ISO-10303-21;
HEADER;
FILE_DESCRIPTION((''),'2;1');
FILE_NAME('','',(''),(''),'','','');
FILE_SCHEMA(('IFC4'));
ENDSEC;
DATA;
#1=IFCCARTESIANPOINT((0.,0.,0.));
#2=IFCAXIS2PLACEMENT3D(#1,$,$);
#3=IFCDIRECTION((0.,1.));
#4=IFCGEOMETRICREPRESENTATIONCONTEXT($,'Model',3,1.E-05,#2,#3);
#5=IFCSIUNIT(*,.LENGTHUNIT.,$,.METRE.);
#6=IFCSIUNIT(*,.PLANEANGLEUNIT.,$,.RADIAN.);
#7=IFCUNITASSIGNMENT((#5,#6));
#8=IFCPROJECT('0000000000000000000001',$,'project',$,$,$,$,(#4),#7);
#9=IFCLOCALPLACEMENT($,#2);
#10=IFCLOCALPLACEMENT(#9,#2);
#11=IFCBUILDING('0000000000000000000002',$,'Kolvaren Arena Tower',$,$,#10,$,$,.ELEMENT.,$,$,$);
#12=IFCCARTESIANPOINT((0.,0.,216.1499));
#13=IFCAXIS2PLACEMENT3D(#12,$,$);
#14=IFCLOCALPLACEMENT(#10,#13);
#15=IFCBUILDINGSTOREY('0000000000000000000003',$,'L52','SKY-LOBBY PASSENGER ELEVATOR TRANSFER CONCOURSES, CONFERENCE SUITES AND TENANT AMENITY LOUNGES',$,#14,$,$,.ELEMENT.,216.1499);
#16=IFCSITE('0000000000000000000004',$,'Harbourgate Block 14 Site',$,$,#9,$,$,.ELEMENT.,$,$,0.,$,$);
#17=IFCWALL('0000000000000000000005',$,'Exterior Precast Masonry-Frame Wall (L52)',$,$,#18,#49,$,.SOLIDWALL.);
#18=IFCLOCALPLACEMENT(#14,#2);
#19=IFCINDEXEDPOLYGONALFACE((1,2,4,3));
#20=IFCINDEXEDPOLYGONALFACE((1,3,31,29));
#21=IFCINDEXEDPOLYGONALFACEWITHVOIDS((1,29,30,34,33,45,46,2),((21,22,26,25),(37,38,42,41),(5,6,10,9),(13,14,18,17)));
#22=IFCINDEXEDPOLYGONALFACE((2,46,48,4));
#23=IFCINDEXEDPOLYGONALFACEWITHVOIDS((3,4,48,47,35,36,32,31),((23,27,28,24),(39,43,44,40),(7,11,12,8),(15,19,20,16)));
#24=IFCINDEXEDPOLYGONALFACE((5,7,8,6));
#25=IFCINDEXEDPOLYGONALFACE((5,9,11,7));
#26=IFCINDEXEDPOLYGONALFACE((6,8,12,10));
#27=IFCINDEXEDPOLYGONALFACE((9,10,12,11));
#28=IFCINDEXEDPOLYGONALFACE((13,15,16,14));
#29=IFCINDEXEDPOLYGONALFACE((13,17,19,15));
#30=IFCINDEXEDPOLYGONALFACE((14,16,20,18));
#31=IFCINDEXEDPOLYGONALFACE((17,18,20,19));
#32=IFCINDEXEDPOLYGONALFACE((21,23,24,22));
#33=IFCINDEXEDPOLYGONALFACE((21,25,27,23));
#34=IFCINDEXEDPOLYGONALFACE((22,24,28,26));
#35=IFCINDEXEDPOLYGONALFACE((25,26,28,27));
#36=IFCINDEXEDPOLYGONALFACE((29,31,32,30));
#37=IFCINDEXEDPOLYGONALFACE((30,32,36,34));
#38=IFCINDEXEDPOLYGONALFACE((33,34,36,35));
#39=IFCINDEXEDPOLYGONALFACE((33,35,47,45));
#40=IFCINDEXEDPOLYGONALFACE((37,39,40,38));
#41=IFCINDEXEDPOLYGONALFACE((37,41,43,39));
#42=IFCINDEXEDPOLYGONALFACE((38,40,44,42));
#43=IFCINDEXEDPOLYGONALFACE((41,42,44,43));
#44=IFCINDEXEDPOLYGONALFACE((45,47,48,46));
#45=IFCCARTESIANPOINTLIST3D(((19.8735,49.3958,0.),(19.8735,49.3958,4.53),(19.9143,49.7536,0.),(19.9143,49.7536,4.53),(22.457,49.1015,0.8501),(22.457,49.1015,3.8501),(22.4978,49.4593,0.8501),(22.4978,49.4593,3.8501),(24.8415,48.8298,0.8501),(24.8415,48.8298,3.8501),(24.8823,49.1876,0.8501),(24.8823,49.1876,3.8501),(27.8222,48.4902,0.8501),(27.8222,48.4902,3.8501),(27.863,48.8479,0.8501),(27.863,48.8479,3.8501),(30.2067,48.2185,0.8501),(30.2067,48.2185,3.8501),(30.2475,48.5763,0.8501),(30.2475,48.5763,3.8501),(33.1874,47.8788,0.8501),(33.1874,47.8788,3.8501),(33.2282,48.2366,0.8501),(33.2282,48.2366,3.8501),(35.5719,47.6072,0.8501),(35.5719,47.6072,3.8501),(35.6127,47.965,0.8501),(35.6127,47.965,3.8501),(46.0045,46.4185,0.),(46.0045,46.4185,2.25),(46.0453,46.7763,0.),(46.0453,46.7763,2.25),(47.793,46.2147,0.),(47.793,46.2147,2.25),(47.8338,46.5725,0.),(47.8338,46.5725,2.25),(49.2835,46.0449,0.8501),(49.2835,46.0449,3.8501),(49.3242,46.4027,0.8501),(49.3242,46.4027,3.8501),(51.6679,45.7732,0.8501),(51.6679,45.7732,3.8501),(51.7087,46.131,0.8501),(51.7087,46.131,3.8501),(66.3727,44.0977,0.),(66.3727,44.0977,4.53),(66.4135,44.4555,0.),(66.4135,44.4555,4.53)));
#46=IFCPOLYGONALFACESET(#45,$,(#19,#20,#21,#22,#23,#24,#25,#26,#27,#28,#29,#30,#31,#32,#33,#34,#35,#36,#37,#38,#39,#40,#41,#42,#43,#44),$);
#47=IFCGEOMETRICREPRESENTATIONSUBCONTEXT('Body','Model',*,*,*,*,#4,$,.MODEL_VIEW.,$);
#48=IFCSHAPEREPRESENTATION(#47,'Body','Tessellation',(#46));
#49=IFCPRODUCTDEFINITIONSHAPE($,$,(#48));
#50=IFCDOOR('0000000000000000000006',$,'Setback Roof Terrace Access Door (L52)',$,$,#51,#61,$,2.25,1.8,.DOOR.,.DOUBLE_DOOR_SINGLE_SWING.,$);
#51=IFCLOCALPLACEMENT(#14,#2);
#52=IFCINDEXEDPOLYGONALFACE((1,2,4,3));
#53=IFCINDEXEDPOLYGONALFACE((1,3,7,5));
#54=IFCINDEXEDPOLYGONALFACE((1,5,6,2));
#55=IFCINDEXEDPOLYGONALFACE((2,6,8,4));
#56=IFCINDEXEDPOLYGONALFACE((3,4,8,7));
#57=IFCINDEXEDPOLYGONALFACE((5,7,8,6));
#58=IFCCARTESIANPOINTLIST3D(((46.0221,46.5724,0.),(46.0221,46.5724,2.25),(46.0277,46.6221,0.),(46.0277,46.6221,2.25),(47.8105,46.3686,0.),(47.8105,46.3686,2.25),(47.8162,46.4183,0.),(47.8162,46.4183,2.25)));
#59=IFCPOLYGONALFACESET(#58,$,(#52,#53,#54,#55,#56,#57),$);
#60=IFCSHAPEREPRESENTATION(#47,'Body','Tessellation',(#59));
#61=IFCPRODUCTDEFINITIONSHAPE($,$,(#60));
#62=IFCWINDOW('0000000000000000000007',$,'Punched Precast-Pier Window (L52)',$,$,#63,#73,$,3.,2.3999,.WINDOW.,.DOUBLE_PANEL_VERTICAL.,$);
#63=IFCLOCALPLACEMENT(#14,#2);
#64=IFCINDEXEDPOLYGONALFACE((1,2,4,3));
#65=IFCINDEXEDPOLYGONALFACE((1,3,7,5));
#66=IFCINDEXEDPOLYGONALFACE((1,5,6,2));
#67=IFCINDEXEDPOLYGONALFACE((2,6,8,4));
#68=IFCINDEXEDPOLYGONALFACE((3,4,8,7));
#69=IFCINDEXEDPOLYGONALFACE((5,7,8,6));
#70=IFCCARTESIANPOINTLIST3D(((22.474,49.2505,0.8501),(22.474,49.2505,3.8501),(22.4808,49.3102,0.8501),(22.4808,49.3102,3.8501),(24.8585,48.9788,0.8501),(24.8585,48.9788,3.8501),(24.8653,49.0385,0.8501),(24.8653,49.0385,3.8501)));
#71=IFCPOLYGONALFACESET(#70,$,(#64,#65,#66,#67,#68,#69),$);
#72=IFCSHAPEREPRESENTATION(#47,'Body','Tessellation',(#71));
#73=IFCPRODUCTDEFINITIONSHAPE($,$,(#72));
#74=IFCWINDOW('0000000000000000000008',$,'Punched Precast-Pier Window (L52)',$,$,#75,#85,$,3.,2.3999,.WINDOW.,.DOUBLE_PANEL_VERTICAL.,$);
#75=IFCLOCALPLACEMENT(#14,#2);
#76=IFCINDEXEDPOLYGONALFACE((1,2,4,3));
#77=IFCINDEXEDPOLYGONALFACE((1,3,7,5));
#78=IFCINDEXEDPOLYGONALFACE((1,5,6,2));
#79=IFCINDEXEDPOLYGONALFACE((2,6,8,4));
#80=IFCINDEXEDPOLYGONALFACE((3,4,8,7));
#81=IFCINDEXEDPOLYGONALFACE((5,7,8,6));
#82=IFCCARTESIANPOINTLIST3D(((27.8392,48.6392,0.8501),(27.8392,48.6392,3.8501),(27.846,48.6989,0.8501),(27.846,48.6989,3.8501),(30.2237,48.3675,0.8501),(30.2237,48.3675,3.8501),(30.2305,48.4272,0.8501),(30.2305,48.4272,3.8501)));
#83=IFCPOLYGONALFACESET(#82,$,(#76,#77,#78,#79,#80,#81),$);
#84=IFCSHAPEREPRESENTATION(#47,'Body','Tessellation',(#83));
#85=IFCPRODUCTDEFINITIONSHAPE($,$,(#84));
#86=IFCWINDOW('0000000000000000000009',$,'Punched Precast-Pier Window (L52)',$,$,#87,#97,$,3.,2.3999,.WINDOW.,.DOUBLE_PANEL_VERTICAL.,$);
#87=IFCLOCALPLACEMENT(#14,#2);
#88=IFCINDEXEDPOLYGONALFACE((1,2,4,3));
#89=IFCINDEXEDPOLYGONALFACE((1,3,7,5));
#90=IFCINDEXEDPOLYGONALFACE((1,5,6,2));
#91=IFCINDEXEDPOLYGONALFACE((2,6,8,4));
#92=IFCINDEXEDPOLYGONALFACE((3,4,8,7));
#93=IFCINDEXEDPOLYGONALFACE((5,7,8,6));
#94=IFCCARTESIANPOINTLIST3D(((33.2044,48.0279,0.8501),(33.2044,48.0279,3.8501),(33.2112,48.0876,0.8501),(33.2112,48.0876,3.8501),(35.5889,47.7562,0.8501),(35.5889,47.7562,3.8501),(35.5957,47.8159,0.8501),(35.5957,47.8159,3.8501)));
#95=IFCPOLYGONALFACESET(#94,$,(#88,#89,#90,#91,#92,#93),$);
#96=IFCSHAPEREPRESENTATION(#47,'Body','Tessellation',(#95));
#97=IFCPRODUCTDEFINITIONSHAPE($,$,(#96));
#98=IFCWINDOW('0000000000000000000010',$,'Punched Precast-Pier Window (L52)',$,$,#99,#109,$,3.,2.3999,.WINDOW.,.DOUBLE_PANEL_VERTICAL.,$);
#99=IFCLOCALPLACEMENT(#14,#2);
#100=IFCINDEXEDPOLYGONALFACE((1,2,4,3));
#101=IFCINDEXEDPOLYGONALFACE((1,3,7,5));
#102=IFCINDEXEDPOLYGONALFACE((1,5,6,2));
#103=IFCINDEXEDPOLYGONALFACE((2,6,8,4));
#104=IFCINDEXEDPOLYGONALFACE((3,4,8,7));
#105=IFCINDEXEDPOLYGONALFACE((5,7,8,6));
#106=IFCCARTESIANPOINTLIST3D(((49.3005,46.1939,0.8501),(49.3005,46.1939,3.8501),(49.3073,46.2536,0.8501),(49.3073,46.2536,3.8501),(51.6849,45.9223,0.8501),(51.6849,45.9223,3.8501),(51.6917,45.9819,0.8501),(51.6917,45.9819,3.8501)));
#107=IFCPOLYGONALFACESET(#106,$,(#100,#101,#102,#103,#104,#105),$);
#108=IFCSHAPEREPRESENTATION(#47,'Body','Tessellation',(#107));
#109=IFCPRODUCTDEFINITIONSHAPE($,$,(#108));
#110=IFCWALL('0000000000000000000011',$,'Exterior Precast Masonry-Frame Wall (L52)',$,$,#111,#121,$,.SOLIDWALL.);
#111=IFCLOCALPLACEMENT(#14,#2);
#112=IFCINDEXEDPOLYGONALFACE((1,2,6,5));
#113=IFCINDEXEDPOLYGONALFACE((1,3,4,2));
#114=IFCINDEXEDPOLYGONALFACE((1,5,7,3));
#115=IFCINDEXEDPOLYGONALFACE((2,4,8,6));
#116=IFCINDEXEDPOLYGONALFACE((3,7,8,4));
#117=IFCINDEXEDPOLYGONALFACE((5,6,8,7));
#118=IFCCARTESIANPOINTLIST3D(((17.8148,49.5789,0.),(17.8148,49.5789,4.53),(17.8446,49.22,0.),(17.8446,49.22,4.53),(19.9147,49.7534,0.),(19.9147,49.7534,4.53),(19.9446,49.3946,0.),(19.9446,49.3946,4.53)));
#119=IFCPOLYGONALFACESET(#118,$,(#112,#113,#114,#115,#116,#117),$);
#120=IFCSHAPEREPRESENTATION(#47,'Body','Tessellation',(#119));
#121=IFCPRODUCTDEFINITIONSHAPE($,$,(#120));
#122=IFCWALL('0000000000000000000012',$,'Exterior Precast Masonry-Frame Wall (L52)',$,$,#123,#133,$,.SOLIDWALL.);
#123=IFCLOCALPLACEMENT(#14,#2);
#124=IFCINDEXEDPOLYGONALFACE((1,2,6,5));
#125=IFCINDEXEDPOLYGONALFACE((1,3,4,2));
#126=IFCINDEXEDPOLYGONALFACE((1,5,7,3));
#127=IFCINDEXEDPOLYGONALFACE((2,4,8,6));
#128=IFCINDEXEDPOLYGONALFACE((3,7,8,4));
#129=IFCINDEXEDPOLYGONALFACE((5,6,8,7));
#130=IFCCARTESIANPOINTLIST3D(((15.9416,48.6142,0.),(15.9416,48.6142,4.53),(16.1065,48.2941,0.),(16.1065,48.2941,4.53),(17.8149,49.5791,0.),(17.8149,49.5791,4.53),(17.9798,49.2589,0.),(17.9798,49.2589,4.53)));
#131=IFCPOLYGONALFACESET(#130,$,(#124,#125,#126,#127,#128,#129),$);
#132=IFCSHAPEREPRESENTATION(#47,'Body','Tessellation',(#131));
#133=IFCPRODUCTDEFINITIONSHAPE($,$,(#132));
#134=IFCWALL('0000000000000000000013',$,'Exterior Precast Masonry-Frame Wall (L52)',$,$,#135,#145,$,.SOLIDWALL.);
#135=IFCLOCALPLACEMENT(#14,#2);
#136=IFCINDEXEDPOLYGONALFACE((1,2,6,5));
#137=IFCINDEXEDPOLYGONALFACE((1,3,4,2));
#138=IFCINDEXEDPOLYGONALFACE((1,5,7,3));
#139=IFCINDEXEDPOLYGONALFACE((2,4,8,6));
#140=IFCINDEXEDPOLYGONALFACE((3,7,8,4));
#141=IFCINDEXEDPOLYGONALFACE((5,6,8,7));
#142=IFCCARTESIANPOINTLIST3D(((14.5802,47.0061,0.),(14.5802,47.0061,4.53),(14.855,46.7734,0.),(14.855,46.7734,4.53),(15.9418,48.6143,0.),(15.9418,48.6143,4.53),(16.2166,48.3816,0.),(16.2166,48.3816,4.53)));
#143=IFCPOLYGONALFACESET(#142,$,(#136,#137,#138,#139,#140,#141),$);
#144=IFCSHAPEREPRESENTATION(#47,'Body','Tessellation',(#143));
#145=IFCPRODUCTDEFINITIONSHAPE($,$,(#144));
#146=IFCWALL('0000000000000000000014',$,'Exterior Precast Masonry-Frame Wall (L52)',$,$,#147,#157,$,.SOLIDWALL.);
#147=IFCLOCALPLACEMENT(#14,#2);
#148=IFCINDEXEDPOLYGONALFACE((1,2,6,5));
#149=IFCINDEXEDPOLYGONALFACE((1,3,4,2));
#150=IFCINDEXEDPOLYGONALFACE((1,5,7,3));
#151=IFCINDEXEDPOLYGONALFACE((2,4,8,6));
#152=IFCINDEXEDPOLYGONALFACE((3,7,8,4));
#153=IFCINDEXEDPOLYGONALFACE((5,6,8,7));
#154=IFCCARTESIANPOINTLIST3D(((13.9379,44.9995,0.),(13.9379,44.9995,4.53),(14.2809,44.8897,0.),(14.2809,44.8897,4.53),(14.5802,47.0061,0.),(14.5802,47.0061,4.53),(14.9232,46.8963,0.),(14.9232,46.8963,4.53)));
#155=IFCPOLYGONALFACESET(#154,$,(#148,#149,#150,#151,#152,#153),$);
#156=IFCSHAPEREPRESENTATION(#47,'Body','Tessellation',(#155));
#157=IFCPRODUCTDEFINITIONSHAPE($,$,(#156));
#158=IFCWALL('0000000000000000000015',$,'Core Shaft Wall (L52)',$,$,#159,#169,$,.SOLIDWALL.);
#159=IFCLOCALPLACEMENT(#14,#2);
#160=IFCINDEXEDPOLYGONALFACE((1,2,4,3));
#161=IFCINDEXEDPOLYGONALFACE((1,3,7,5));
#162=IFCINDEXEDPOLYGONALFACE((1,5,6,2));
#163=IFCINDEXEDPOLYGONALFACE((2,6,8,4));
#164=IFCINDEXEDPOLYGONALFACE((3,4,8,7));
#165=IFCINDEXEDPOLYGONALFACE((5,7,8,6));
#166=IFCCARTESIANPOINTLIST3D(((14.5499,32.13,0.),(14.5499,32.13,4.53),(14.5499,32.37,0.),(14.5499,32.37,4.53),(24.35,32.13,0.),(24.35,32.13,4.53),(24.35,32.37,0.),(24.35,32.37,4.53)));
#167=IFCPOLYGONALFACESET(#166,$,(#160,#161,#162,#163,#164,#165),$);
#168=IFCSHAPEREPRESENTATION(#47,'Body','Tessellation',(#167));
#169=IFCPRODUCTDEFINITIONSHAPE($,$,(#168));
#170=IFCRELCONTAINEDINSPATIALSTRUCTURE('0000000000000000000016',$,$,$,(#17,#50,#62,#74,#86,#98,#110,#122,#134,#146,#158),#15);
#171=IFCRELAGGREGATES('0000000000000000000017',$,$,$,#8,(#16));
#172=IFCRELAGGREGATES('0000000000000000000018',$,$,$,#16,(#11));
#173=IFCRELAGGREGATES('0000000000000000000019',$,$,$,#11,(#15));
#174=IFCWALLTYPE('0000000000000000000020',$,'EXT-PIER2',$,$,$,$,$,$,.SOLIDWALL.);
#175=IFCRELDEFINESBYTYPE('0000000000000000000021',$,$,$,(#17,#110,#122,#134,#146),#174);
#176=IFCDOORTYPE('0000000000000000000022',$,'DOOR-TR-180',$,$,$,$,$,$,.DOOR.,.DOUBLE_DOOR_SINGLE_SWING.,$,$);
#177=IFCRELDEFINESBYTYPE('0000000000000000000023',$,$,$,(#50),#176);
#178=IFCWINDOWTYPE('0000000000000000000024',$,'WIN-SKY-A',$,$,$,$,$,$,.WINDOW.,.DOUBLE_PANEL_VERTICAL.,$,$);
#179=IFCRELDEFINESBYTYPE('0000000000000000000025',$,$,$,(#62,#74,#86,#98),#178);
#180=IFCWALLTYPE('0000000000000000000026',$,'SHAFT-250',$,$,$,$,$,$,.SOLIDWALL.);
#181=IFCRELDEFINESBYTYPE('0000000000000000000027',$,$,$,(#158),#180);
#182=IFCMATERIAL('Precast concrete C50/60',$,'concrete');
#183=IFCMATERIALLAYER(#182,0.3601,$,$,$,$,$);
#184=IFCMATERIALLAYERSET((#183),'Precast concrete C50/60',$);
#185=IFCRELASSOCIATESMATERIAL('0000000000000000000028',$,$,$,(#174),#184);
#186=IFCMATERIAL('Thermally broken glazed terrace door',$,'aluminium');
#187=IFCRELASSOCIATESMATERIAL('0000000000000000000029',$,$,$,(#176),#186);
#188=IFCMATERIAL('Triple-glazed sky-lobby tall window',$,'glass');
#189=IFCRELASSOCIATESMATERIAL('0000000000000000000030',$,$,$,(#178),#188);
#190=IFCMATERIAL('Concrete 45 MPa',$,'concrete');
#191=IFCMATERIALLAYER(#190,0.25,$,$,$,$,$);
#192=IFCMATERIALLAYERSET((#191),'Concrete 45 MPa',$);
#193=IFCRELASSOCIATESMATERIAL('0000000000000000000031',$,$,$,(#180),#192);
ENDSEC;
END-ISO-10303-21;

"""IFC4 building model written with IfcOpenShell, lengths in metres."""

from ifc_helpers import new_model, si_unit, direction, frame, frame_2d, origin, place, context, subcontext, project, spatial, rectangle, extrude, material, layer, layer_set, type_object, element, fill, save


model = new_model("IFC4")

# Units and contexts
model_context = context("Model", 3, precision=1e-05, world=origin(), true_north=direction((0.0, 1.0)))
body_context = subcontext(model_context, "Body", "Model", "MODEL_VIEW")
ifc_project = project(units=[si_unit("LENGTHUNIT", "METRE"), si_unit("PLANEANGLEUNIT", "RADIAN")], contexts=[model_context])

# Site, building, storey
site_placement = place(None, origin())
site = spatial("IfcSite", under=ifc_project, at=site_placement, Name="Harbourgate Block 14 Site", CompositionType="ELEMENT", RefElevation=0.0)
building_placement = place(site_placement, origin())
building = spatial("IfcBuilding", under=site, at=building_placement, Name="Kolvaren Arena Tower", CompositionType="ELEMENT")
storey_placement = place(building_placement, frame((0.0, 0.0, 216.1499)))
storey = spatial("IfcBuildingStorey", under=building, at=storey_placement, Name="L52", Description="SKY-LOBBY PASSENGER ELEVATOR TRANSFER CONCOURSES, CONFERENCE SUITES AND TENANT AMENITY LOUNGES", CompositionType="ELEMENT", Elevation=216.1499)

# Wall, openings, door, windows
ifc_material_1 = material(Name="Precast concrete C50/60", Category="concrete")
ifc_layer_1 = layer(ifc_material_1, 0.3601)
ifc_layer_set_1 = layer_set([ifc_layer_1], Name="Precast concrete C50/60")
wall_type_1 = type_object("IfcWallType", Name="EXT-PIER2", PredefinedType="SOLIDWALL", material=ifc_layer_set_1)
wall_1_placement = place(storey_placement, frame((19.894, 49.5747, 0.0), z_axis=(0.0, 0.0, 1.0), x_axis=(0.993571, -0.113207, 0.0)))
wall_1 = element("IfcWall", 1, at=wall_1_placement, inside=storey, type_object=wall_type_1, Name="Exterior Precast Masonry-Frame Wall (L52)", PredefinedType="SOLIDWALL", context=body_context, shape_type="SweptSolid", body=[
    extrude(rectangle(XDim=46.8, YDim=0.3601, at=frame_2d((23.3999, 0.0))), origin(), (0.0, 0.0, 1.0), 4.53),
])
opening_1_placement = place(wall_1_placement, frame((26.3, 0.0, 0.0)))
opening_1 = element("IfcOpeningElement", 2, at=opening_1_placement, cuts=wall_1, PredefinedType="OPENING", context=body_context, shape_type="SweptSolid", body=[
    extrude(rectangle(XDim=1.8, YDim=2.25, at=frame_2d((0.8999, 1.125))), frame((0.0, 0.1899, 0.0), z_axis=(0.0, -1.0, 0.0), x_axis=(1.0, 0.0, 0.0)), (0.0, 0.0, 1.0), 0.3801),
])
opening_2_placement = place(wall_1_placement, frame((2.6001, 0.0, 0.8501)))
opening_2 = element("IfcOpeningElement", 3, at=opening_2_placement, cuts=wall_1, PredefinedType="OPENING", context=body_context, shape_type="SweptSolid", body=[
    extrude(rectangle(XDim=2.3999, YDim=3.0, at=frame_2d((1.2, 1.5))), frame((0.0, 0.1899, 0.0), z_axis=(0.0, -1.0, 0.0), x_axis=(1.0, 0.0, 0.0)), (0.0, 0.0, 1.0), 0.3801),
])
opening_3_placement = place(wall_1_placement, frame((8.0, 0.0, 0.8501)))
opening_3 = element("IfcOpeningElement", 4, at=opening_3_placement, cuts=wall_1, PredefinedType="OPENING", context=body_context, shape_type="SweptSolid", body=[
    extrude(rectangle(XDim=2.3999, YDim=3.0, at=frame_2d((1.2, 1.5))), frame((0.0, 0.1899, 0.0), z_axis=(0.0, -1.0, 0.0), x_axis=(1.0, 0.0, 0.0)), (0.0, 0.0, 1.0), 0.3801),
])
opening_4_placement = place(wall_1_placement, frame((13.3999, 0.0, 0.8501)))
opening_4 = element("IfcOpeningElement", 5, at=opening_4_placement, cuts=wall_1, PredefinedType="OPENING", context=body_context, shape_type="SweptSolid", body=[
    extrude(rectangle(XDim=2.3999, YDim=3.0, at=frame_2d((1.2, 1.5))), frame((0.0, 0.1899, 0.0), z_axis=(0.0, -1.0, 0.0), x_axis=(1.0, 0.0, 0.0)), (0.0, 0.0, 1.0), 0.3801),
])
opening_5_placement = place(wall_1_placement, frame((29.6001, 0.0, 0.8501)))
opening_5 = element("IfcOpeningElement", 6, at=opening_5_placement, cuts=wall_1, PredefinedType="OPENING", context=body_context, shape_type="SweptSolid", body=[
    extrude(rectangle(XDim=2.3999, YDim=3.0, at=frame_2d((1.2, 1.5))), frame((0.0, 0.1899, 0.0), z_axis=(0.0, -1.0, 0.0), x_axis=(1.0, 0.0, 0.0)), (0.0, 0.0, 1.0), 0.3801),
])
ifc_material_2 = material(Name="Thermally broken glazed terrace door", Category="aluminium")
door_type = type_object("IfcDoorType", Name="DOOR-TR-180", OperationType="DOUBLE_DOOR_SINGLE_SWING", PredefinedType="DOOR", material=ifc_material_2)
door_placement = place(opening_1_placement, origin())
door = element("IfcDoor", 7, at=door_placement, inside=storey, type_object=door_type, Name="Setback Roof Terrace Access Door (L52)", OperationType="DOUBLE_DOOR_SINGLE_SWING", OverallHeight=2.25, OverallWidth=1.8, PredefinedType="DOOR", context=body_context, shape_type="SweptSolid", body=[
    extrude(rectangle(XDim=1.8, YDim=2.25, at=frame_2d((0.8999, 1.125))), frame((0.0, 0.0249, 0.0), z_axis=(0.0, -1.0, 0.0), x_axis=(1.0, 0.0, 0.0)), (0.0, 0.0, 1.0), 0.05),
])
fill(opening_1, door)
ifc_material_3 = material(Name="Triple-glazed sky-lobby tall window", Category="glass")
window_type = type_object("IfcWindowType", Name="WIN-SKY-A", PartitioningType="DOUBLE_PANEL_VERTICAL", PredefinedType="WINDOW", material=ifc_material_3)
window_1_placement = place(opening_2_placement, origin())
window_1 = element("IfcWindow", 8, at=window_1_placement, inside=storey, type_object=window_type, Name="Punched Precast-Pier Window (L52)", OverallHeight=3.0, OverallWidth=2.3999, PartitioningType="DOUBLE_PANEL_VERTICAL", PredefinedType="WINDOW", context=body_context, shape_type="SweptSolid", body=[
    extrude(rectangle(XDim=2.3999, YDim=3.0, at=frame_2d((1.2, 1.5))), frame((0.0, 0.03, 0.0), z_axis=(0.0, -1.0, 0.0), x_axis=(1.0, 0.0, 0.0)), (0.0, 0.0, 1.0), 0.0601),
])
fill(opening_2, window_1)
window_2_placement = place(opening_3_placement, origin())
window_2 = element("IfcWindow", 9, at=window_2_placement, inside=storey, type_object=window_type, Name="Punched Precast-Pier Window (L52)", OverallHeight=3.0, OverallWidth=2.3999, PartitioningType="DOUBLE_PANEL_VERTICAL", PredefinedType="WINDOW", context=body_context, shape_type="SweptSolid", body=[
    extrude(rectangle(XDim=2.3999, YDim=3.0, at=frame_2d((1.2, 1.5))), frame((0.0, 0.03, 0.0), z_axis=(0.0, -1.0, 0.0), x_axis=(1.0, 0.0, 0.0)), (0.0, 0.0, 1.0), 0.0601),
])
fill(opening_3, window_2)
window_3_placement = place(opening_4_placement, origin())
window_3 = element("IfcWindow", 10, at=window_3_placement, inside=storey, type_object=window_type, Name="Punched Precast-Pier Window (L52)", OverallHeight=3.0, OverallWidth=2.3999, PartitioningType="DOUBLE_PANEL_VERTICAL", PredefinedType="WINDOW", context=body_context, shape_type="SweptSolid", body=[
    extrude(rectangle(XDim=2.3999, YDim=3.0, at=frame_2d((1.2, 1.5))), frame((0.0, 0.03, 0.0), z_axis=(0.0, -1.0, 0.0), x_axis=(1.0, 0.0, 0.0)), (0.0, 0.0, 1.0), 0.0601),
])
fill(opening_4, window_3)
window_4_placement = place(opening_5_placement, origin())
window_4 = element("IfcWindow", 11, at=window_4_placement, inside=storey, type_object=window_type, Name="Punched Precast-Pier Window (L52)", OverallHeight=3.0, OverallWidth=2.3999, PartitioningType="DOUBLE_PANEL_VERTICAL", PredefinedType="WINDOW", context=body_context, shape_type="SweptSolid", body=[
    extrude(rectangle(XDim=2.3999, YDim=3.0, at=frame_2d((1.2, 1.5))), frame((0.0, 0.03, 0.0), z_axis=(0.0, -1.0, 0.0), x_axis=(1.0, 0.0, 0.0)), (0.0, 0.0, 1.0), 0.0601),
])
fill(opening_5, window_4)

# Walls
for number, where, z_axis, x_axis, name in (
    (12, (17.8296, 49.3994, 0.0), (0.0, 0.0, 1.0), (0.996563, 0.082844, 0.0), "Exterior Precast Masonry-Frame Wall (L52)"),
    (13, (16.0239, 48.4541, 0.0), (0.0, 0.0, 1.0), (0.88901, 0.457887, 0.0), "Exterior Precast Masonry-Frame Wall (L52)"),
    (14, (14.7175, 46.8896, 0.0), (0.0, 0.0, 1.0), (0.646171, 0.763193, 0.0), "Exterior Precast Masonry-Frame Wall (L52)"),
):
    element("IfcWall", number, at=place(storey_placement, frame(where, z_axis=z_axis, x_axis=x_axis)), inside=storey, type_object=wall_type_1, Name=name, PredefinedType="SOLIDWALL", context=body_context, shape_type="SweptSolid", body=[
        extrude(rectangle(XDim=2.1072, YDim=0.3601, at=frame_2d((1.0537, 0.0))), origin(), (0.0, 0.0, 1.0), 4.53),
    ])
wall_2_placement = place(storey_placement, frame((14.1094, 44.9446, 0.0), z_axis=(0.0, 0.0, 1.0), x_axis=(0.304872, 0.952393, 0.0)))
element("IfcWall", 15, at=wall_2_placement, inside=storey, type_object=wall_type_1, Name="Exterior Precast Masonry-Frame Wall (L52)", PredefinedType="SOLIDWALL", context=body_context, shape_type="SweptSolid", body=[
    extrude(rectangle(XDim=2.1069, YDim=0.3601, at=frame_2d((1.0535, 0.0))), origin(), (0.0, 0.0, 1.0), 4.53),
])
ifc_material_4 = material(Name="Concrete 45 MPa", Category="concrete")
ifc_layer_2 = layer(ifc_material_4, 0.25)
ifc_layer_set_2 = layer_set([ifc_layer_2], Name="Concrete 45 MPa")
wall_type_2 = type_object("IfcWallType", Name="SHAFT-250", PredefinedType="SOLIDWALL", material=ifc_layer_set_2)
wall_3_placement = place(storey_placement, frame((14.55, 32.25, 0.0), z_axis=(0.0, 0.0, 1.0), x_axis=(1.0, 0.0, 0.0)))
element("IfcWall", 16, at=wall_3_placement, inside=storey, type_object=wall_type_2, Name="Core Shaft Wall (L52)", PredefinedType="SOLIDWALL", context=body_context, shape_type="SweptSolid", body=[
    extrude(rectangle(XDim=9.8, YDim=0.24, at=frame_2d((4.8999, 0.0))), origin(), (0.0, 0.0, 1.0), 4.53),
])

save(model, "model.ifc")
